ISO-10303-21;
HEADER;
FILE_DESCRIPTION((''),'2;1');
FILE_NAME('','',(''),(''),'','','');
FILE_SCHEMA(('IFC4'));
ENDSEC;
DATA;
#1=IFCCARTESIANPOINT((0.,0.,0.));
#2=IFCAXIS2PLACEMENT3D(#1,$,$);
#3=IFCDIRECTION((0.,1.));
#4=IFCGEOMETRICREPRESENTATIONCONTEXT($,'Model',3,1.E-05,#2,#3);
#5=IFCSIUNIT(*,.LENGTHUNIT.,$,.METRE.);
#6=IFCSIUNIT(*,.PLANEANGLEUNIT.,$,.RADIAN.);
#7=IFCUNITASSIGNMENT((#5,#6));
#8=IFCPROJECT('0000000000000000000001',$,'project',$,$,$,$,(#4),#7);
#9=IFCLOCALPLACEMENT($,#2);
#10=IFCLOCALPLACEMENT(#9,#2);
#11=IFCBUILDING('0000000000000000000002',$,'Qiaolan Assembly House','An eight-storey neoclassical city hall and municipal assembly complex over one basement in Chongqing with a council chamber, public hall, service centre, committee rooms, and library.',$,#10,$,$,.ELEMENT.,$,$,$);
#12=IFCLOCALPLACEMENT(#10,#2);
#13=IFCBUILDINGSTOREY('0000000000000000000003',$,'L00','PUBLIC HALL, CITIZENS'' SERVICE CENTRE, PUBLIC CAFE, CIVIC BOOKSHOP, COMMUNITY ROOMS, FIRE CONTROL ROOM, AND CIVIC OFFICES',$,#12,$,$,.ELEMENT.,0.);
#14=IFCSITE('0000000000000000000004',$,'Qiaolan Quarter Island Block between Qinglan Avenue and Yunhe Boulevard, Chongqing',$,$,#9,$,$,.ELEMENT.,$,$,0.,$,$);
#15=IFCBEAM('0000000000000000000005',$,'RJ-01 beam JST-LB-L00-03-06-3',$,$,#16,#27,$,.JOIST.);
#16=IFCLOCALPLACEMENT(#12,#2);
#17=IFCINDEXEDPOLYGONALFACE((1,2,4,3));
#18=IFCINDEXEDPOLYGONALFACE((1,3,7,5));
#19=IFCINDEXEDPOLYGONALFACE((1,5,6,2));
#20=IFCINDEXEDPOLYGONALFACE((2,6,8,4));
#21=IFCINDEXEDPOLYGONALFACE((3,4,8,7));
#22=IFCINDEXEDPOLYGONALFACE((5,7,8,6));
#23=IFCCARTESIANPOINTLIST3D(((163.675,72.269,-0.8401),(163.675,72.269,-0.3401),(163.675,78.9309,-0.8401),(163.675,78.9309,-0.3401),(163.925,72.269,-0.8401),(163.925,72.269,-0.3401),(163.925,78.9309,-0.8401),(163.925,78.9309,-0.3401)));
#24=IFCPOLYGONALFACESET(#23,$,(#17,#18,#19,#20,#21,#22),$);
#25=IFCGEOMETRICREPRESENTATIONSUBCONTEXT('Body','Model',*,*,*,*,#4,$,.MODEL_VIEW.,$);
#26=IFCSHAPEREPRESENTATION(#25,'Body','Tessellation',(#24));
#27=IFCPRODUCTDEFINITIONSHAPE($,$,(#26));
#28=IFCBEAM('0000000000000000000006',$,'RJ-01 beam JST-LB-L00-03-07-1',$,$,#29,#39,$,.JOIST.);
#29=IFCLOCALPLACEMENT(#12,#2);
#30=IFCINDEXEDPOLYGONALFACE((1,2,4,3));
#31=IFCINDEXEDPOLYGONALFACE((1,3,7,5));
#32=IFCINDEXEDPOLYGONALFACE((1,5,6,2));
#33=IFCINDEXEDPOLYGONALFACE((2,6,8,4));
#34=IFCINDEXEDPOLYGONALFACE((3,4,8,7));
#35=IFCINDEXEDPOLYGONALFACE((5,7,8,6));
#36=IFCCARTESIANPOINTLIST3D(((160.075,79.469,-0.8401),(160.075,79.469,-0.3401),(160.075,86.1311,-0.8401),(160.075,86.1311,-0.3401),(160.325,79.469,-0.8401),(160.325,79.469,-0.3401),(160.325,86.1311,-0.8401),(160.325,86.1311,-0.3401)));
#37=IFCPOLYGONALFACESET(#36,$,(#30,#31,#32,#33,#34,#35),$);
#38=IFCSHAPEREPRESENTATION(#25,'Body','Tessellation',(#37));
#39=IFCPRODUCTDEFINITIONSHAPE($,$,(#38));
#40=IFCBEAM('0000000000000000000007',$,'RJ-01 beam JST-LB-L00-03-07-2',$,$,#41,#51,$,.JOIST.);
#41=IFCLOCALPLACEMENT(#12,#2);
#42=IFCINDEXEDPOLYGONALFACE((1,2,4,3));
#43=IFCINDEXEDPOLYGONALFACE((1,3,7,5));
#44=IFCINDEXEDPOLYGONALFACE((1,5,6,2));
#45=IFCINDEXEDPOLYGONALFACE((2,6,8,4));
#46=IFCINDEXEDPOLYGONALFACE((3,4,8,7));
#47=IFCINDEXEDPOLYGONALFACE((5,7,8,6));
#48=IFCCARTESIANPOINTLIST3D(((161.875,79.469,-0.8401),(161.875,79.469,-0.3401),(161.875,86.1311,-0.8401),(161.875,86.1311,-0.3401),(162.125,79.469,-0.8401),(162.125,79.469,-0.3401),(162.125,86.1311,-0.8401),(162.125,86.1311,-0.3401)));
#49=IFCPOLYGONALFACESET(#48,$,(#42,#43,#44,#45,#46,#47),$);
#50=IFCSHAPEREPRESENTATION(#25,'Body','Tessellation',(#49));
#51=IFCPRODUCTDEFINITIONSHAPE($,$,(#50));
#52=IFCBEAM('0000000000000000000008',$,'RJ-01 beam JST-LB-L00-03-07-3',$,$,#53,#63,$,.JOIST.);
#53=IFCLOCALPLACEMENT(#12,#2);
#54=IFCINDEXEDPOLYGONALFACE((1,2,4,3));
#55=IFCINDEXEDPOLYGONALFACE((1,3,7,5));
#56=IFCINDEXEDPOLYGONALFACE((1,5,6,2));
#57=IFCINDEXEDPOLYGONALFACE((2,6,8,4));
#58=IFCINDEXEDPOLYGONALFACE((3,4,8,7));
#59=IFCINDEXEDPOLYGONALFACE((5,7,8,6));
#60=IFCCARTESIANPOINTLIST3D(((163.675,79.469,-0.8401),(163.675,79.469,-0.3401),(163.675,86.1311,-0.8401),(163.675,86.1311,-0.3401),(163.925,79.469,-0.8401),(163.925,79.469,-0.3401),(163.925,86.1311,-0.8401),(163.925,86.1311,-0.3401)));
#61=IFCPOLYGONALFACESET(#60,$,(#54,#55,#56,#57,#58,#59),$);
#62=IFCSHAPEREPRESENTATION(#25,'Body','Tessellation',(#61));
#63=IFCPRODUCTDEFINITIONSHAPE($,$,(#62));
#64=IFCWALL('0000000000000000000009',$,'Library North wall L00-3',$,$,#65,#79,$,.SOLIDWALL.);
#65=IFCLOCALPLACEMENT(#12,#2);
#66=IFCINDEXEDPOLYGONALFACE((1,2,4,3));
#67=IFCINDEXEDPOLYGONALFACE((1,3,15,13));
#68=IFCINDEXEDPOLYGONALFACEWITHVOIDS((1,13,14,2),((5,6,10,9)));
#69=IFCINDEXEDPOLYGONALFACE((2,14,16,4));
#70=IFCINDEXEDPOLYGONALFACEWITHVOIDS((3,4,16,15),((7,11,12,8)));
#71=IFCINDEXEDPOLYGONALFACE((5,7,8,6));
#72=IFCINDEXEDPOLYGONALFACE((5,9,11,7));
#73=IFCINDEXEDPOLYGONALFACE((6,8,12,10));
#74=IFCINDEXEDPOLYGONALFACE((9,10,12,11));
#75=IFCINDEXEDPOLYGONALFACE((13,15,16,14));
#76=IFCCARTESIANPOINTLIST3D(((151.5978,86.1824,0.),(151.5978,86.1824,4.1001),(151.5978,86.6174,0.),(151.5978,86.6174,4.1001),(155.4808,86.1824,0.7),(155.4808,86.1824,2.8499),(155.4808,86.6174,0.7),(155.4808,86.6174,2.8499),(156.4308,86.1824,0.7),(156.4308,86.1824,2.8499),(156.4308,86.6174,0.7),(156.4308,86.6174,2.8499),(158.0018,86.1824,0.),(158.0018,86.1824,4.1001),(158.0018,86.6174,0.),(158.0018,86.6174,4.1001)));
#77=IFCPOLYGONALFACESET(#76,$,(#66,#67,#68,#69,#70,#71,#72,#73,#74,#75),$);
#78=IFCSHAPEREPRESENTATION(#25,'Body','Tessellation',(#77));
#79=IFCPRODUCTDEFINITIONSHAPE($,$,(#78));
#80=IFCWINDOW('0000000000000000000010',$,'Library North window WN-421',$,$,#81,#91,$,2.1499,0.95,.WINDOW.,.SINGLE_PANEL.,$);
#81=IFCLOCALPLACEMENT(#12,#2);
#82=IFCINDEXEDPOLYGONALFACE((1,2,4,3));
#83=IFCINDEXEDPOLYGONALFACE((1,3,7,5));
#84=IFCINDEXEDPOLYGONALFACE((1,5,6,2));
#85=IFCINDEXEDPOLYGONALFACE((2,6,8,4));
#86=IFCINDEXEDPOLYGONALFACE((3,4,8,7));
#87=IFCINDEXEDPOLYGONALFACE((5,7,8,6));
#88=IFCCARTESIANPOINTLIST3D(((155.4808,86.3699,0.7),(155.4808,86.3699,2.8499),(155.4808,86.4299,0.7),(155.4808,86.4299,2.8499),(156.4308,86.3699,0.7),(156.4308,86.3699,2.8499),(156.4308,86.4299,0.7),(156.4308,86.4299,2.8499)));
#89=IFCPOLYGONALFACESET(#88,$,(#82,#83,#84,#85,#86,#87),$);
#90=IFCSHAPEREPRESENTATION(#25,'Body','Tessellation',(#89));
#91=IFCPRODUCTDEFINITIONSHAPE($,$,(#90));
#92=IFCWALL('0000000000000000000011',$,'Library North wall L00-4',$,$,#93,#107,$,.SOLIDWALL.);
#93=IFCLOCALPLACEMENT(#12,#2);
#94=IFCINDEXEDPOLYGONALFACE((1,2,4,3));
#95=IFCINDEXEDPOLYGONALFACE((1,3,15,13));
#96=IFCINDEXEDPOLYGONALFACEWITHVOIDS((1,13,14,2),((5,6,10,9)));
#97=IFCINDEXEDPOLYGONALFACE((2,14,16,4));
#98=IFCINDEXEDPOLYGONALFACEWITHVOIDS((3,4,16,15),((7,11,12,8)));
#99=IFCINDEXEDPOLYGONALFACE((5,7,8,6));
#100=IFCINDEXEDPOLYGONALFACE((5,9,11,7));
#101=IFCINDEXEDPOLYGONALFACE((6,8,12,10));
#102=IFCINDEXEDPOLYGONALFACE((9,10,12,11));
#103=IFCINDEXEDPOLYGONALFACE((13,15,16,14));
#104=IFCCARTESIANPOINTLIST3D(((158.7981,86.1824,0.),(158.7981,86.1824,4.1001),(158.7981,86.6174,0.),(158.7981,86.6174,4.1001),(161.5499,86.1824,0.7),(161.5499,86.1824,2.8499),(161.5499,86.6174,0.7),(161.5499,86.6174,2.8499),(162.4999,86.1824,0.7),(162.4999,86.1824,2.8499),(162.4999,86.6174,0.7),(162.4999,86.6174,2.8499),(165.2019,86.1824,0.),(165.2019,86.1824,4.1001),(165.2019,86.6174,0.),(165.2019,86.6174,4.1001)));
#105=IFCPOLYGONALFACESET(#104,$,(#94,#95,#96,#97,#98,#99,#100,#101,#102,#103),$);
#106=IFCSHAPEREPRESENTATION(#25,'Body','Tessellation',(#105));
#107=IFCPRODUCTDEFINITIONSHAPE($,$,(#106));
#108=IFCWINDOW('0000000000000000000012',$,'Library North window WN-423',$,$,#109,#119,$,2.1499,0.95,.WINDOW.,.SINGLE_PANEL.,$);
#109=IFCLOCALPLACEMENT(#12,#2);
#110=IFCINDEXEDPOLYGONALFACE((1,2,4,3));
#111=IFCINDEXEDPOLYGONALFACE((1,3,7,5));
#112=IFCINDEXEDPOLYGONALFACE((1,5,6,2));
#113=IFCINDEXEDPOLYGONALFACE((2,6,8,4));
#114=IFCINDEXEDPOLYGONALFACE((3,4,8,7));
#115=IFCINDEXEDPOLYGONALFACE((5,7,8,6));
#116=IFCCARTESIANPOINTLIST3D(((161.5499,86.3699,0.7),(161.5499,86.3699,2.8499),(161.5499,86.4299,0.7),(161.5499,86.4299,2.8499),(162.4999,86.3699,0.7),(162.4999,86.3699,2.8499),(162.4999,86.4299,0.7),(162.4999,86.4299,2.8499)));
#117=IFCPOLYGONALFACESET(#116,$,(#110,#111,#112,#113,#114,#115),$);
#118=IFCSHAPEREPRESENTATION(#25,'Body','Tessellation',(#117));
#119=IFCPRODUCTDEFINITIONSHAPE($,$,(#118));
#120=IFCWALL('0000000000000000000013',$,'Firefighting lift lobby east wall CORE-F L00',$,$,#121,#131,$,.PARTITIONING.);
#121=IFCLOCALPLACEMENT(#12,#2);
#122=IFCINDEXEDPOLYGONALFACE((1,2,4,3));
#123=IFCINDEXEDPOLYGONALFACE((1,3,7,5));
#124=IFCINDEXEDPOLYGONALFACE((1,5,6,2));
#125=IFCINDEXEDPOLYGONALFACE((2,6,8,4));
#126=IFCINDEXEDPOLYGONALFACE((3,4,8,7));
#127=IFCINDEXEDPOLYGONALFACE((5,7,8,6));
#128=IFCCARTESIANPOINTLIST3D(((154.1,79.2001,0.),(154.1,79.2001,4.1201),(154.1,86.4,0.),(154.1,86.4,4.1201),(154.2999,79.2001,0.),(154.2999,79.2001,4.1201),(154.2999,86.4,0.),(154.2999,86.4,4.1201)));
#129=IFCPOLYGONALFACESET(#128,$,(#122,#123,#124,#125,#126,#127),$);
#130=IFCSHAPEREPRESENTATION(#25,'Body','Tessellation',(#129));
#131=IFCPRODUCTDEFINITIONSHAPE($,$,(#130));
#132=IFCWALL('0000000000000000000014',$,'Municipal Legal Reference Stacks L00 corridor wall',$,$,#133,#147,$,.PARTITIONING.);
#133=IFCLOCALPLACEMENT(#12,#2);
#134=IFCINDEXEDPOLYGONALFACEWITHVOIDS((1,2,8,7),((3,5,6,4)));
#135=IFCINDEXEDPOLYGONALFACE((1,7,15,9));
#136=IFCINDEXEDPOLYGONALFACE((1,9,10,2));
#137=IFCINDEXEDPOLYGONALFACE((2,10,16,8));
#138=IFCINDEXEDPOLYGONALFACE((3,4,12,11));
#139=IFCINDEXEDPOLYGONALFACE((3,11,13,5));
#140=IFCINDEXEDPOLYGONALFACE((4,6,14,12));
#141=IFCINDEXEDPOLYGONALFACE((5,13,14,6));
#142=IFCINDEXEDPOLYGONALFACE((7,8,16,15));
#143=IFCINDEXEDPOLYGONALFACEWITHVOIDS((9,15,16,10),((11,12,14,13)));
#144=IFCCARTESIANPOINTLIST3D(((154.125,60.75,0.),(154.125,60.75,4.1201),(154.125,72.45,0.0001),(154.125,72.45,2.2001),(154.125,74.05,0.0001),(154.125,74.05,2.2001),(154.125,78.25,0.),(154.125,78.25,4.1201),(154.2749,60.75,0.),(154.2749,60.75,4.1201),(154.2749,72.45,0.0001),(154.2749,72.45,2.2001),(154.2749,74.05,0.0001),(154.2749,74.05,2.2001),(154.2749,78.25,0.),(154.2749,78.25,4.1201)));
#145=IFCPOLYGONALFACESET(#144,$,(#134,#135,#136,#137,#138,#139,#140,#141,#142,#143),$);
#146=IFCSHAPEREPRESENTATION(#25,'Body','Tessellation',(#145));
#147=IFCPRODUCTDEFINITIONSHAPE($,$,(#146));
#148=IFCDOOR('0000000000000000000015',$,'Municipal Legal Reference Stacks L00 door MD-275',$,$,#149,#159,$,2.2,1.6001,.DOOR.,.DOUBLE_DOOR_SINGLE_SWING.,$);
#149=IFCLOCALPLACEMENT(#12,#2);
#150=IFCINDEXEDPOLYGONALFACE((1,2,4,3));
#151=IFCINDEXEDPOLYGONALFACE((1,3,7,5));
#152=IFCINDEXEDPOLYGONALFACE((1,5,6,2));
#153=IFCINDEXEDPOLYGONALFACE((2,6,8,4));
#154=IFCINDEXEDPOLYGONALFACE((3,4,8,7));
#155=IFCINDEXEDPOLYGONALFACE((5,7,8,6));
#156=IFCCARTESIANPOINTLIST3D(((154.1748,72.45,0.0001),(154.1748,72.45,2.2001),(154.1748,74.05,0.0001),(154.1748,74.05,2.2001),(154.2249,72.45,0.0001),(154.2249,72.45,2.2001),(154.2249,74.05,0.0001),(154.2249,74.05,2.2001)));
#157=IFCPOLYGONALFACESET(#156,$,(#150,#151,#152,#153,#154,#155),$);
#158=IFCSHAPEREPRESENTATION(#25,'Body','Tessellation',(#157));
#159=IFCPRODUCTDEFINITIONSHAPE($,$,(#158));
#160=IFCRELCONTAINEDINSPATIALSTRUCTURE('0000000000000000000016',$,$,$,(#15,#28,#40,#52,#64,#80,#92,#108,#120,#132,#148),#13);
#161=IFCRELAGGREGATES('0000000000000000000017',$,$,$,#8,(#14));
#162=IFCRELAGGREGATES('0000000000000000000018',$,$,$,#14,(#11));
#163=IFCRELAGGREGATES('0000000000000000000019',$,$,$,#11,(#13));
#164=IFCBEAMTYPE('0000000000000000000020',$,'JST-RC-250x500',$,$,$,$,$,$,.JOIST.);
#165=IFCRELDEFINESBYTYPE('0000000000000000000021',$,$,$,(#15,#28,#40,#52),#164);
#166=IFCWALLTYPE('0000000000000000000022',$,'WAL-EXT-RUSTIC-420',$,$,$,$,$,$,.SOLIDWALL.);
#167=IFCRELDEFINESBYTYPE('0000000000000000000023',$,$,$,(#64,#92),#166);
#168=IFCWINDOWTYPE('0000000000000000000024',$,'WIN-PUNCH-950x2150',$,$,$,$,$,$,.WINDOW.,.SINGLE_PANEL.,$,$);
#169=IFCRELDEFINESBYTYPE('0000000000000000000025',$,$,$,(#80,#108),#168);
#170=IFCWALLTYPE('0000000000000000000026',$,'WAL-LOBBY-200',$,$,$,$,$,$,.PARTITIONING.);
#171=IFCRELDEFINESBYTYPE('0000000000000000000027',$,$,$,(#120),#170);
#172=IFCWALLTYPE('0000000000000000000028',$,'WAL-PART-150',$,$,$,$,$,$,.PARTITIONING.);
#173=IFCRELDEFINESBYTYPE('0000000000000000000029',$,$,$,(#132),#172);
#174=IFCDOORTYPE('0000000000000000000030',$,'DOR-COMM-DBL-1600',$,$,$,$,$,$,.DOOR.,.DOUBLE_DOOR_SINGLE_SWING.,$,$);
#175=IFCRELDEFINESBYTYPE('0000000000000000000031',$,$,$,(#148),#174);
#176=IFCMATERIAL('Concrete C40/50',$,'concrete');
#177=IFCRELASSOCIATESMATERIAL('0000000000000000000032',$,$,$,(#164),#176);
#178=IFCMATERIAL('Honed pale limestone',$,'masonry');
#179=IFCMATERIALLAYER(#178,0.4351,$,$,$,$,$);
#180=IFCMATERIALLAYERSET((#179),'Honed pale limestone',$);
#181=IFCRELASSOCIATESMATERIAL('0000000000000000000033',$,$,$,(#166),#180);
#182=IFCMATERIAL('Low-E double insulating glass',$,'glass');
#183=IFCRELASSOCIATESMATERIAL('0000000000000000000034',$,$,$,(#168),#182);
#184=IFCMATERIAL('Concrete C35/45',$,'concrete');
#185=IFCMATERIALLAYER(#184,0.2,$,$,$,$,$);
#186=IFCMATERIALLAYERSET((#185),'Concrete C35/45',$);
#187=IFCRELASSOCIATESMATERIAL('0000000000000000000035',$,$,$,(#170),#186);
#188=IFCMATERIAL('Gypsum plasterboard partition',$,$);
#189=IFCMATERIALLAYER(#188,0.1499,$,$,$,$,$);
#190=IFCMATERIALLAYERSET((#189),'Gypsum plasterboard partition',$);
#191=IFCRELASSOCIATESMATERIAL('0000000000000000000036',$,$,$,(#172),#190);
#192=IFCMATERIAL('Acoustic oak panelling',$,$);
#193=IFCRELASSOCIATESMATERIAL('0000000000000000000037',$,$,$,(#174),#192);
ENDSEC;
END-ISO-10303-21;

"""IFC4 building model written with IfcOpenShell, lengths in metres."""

from ifc_helpers import new_model, si_unit, direction, frame, frame_2d, origin, origin_2d, place, context, subcontext, project, spatial, rectangle, extrude, material, layer, layer_set, material_profile, profile_set, type_object, element, fill, save


model = new_model("IFC4")

# Units and contexts
model_context = context("Model", 3, precision=1e-05, world=origin(), true_north=direction((0.0, 1.0)))
body_context = subcontext(model_context, "Body", "Model", "MODEL_VIEW")
ifc_project = project(units=[si_unit("LENGTHUNIT", "METRE"), si_unit("PLANEANGLEUNIT", "RADIAN")], contexts=[model_context])

# Site, building, storey
site_placement = place(None, origin())
site = spatial("IfcSite", under=ifc_project, at=site_placement, Name="Qiaolan Quarter Island Block between Qinglan Avenue and Yunhe Boulevard, Chongqing", CompositionType="ELEMENT", RefElevation=0.0)
building_placement = place(site_placement, origin())
building = spatial("IfcBuilding", under=site, at=building_placement, Name="Qiaolan Assembly House", Description="An eight-storey neoclassical city hall and municipal assembly complex over one basement in Chongqing with a council chamber, public hall, service centre, committee rooms, and library.", CompositionType="ELEMENT")
storey_placement = place(building_placement, origin())
storey = spatial("IfcBuildingStorey", under=building, at=storey_placement, Name="L00", Description="PUBLIC HALL, CITIZENS' SERVICE CENTRE, PUBLIC CAFE, CIVIC BOOKSHOP, COMMUNITY ROOMS, FIRE CONTROL ROOM, AND CIVIC OFFICES", CompositionType="ELEMENT", Elevation=0.0)

# Beams
ifc_material_1 = material(Name="Concrete C40/50", Category="concrete")
ifc_material_profile_1 = material_profile(ifc_material_1, rectangle(XDim=0.25, YDim=0.5, at=origin_2d()), Name="RCB 250x500")
ifc_profile_set_1 = profile_set([ifc_material_profile_1], Name="Concrete C40/50")
beam_type_1 = type_object("IfcBeamType", Name="JST-RC-250x500", PredefinedType="JOIST", material=ifc_profile_set_1)
for number, where, z_axis, x_axis, name in (
    (1, (163.8, 72.269, -0.5901), (0.0, 1.0, 0.0), (-1.0, 0.0, 0.0), "RJ-01 beam JST-LB-L00-03-06-3"),
):
    element("IfcBeam", number, at=place(storey_placement, frame(where, z_axis=z_axis, x_axis=x_axis)), inside=storey, type_object=beam_type_1, Name=name, PredefinedType="JOIST", context=body_context, shape_type="SweptSolid", body=[
        extrude(rectangle(XDim=0.25, YDim=0.5, at=origin_2d()), origin(), (0.0, 0.0, 1.0), 6.6619),
    ])
for number, where, z_axis, x_axis, name in (
    (2, (160.2, 79.469, -0.5901), (0.0, 1.0, 0.0), (-1.0, 0.0, 0.0), "RJ-01 beam JST-LB-L00-03-07-1"),
    (3, (162.0, 79.469, -0.5901), (0.0, 1.0, 0.0), (-1.0, 0.0, 0.0), "RJ-01 beam JST-LB-L00-03-07-2"),
    (4, (163.8, 79.469, -0.5901), (0.0, 1.0, 0.0), (-1.0, 0.0, 0.0), "RJ-01 beam JST-LB-L00-03-07-3"),
):
    element("IfcBeam", number, at=place(storey_placement, frame(where, z_axis=z_axis, x_axis=x_axis)), inside=storey, type_object=beam_type_1, Name=name, PredefinedType="JOIST", context=body_context, shape_type="SweptSolid", body=[
        extrude(rectangle(XDim=0.25, YDim=0.5, at=origin_2d()), origin(), (0.0, 0.0, 1.0), 6.6621),
    ])

# Walls, openings, windows
ifc_material_2 = material(Name="Honed pale limestone", Category="masonry")
ifc_layer_1 = layer(ifc_material_2, 0.4351)
ifc_layer_set_1 = layer_set([ifc_layer_1], Name="Honed pale limestone")
wall_type_1 = type_object("IfcWallType", Name="WAL-EXT-RUSTIC-420", PredefinedType="SOLIDWALL", material=ifc_layer_set_1)
wall_1_placement = place(storey_placement, frame((158.002, 86.3999, 0.0), z_axis=(0.0, 0.0, 1.0), x_axis=(-1.0, 0.0, 0.0)))
wall_1 = element("IfcWall", 5, at=wall_1_placement, inside=storey, type_object=wall_type_1, Name="Library North wall L00-3", PredefinedType="SOLIDWALL", context=body_context, shape_type="SweptSolid", body=[
    extrude(rectangle(XDim=6.4041, YDim=0.4351, at=frame_2d((3.2021, 0.0))), origin(), (0.0, 0.0, 1.0), 4.1001),
])
opening_1_placement = place(wall_1_placement, frame((1.571, 0.0, 0.7)))
opening_1 = element("IfcOpeningElement", 6, at=opening_1_placement, cuts=wall_1, PredefinedType="OPENING", context=body_context, shape_type="SweptSolid", body=[
    extrude(rectangle(XDim=0.95, YDim=2.1499, at=frame_2d((0.4751, 1.075))), frame((0.0, 0.2275, 0.0), z_axis=(0.0, -1.0, 0.0), x_axis=(1.0, 0.0, 0.0)), (0.0, 0.0, 1.0), 0.4551),
])
ifc_material_3 = material(Name="Low-E double insulating glass", Category="glass")
window_type = type_object("IfcWindowType", Name="WIN-PUNCH-950x2150", PartitioningType="SINGLE_PANEL", PredefinedType="WINDOW", material=ifc_material_3)
window_1_placement = place(opening_1_placement, origin())
window_1 = element("IfcWindow", 7, at=window_1_placement, inside=storey, type_object=window_type, Name="Library North window WN-421", OverallHeight=2.1499, OverallWidth=0.95, PartitioningType="SINGLE_PANEL", PredefinedType="WINDOW", context=body_context, shape_type="SweptSolid", body=[
    extrude(rectangle(XDim=0.95, YDim=2.1499, at=frame_2d((0.4751, 1.075))), frame((0.0, 0.03, 0.0), z_axis=(0.0, -1.0, 0.0), x_axis=(1.0, 0.0, 0.0)), (0.0, 0.0, 1.0), 0.0601),
])
fill(opening_1, window_1)
wall_2_placement = place(storey_placement, frame((165.2019, 86.3999, 0.0), z_axis=(0.0, 0.0, 1.0), x_axis=(-1.0, 0.0, 0.0)))
wall_2 = element("IfcWall", 8, at=wall_2_placement, inside=storey, type_object=wall_type_1, Name="Library North wall L00-4", PredefinedType="SOLIDWALL", context=body_context, shape_type="SweptSolid", body=[
    extrude(rectangle(XDim=6.4038, YDim=0.4351, at=frame_2d((3.2019, 0.0))), origin(), (0.0, 0.0, 1.0), 4.1001),
])
opening_2_placement = place(wall_2_placement, frame((2.7019, 0.0, 0.7)))
opening_2 = element("IfcOpeningElement", 9, at=opening_2_placement, cuts=wall_2, PredefinedType="OPENING", context=body_context, shape_type="SweptSolid", body=[
    extrude(rectangle(XDim=0.95, YDim=2.1499, at=frame_2d((0.4751, 1.075))), frame((0.0, 0.2275, 0.0), z_axis=(0.0, -1.0, 0.0), x_axis=(1.0, 0.0, 0.0)), (0.0, 0.0, 1.0), 0.4551),
])
window_2_placement = place(opening_2_placement, origin())
window_2 = element("IfcWindow", 10, at=window_2_placement, inside=storey, type_object=window_type, Name="Library North window WN-423", OverallHeight=2.1499, OverallWidth=0.95, PartitioningType="SINGLE_PANEL", PredefinedType="WINDOW", context=body_context, shape_type="SweptSolid", body=[
    extrude(rectangle(XDim=0.95, YDim=2.1499, at=frame_2d((0.4751, 1.075))), frame((0.0, 0.03, 0.0), z_axis=(0.0, -1.0, 0.0), x_axis=(1.0, 0.0, 0.0)), (0.0, 0.0, 1.0), 0.0601),
])
fill(opening_2, window_2)

# Wall
ifc_material_4 = material(Name="Concrete C35/45", Category="concrete")
ifc_layer_2 = layer(ifc_material_4, 0.2)
ifc_layer_set_2 = layer_set([ifc_layer_2], Name="Concrete C35/45")
wall_type_2 = type_object("IfcWallType", Name="WAL-LOBBY-200", PredefinedType="PARTITIONING", material=ifc_layer_set_2)
wall_3_placement = place(storey_placement, frame((154.2, 79.2, 0.0), z_axis=(0.0, 0.0, 1.0), x_axis=(0.0, 1.0, 0.0)))
element("IfcWall", 11, at=wall_3_placement, inside=storey, type_object=wall_type_2, Name="Firefighting lift lobby east wall CORE-F L00", PredefinedType="PARTITIONING", context=body_context, shape_type="SweptSolid", body=[
    extrude(rectangle(XDim=7.2, YDim=0.2, at=frame_2d((3.6001, 0.0))), origin(), (0.0, 0.0, 1.0), 4.1201),
])

# Wall, opening, door
ifc_material_5 = material(Name="Gypsum plasterboard partition")
ifc_layer_3 = layer(ifc_material_5, 0.1499)
ifc_layer_set_3 = layer_set([ifc_layer_3], Name="Gypsum plasterboard partition")
wall_type_3 = type_object("IfcWallType", Name="WAL-PART-150", PredefinedType="PARTITIONING", material=ifc_layer_set_3)
wall_4_placement = place(storey_placement, frame((154.2, 78.25, 0.0), z_axis=(0.0, 0.0, 1.0), x_axis=(0.0, -1.0, 0.0)))
wall_4 = element("IfcWall", 12, at=wall_4_placement, inside=storey, type_object=wall_type_3, Name="Municipal Legal Reference Stacks L00 corridor wall", PredefinedType="PARTITIONING", context=body_context, shape_type="SweptSolid", body=[
    extrude(rectangle(XDim=17.5, YDim=0.1499, at=frame_2d((8.75, 0.0))), origin(), (0.0, 0.0, 1.0), 4.1201),
])
opening_3_placement = place(wall_4_placement, frame((4.2, 0.0, 0.0)))
opening_3 = element("IfcOpeningElement", 13, at=opening_3_placement, cuts=wall_4, PredefinedType="OPENING", context=body_context, shape_type="SweptSolid", body=[
    extrude(rectangle(XDim=1.6001, YDim=2.2, at=frame_2d((0.8, 1.1001))), frame((0.0, 0.085, 0.0), z_axis=(0.0, -1.0, 0.0), x_axis=(1.0, 0.0, 0.0)), (0.0, 0.0, 1.0), 0.1699),
])
ifc_material_6 = material(Name="Acoustic oak panelling")
door_type_1 = type_object("IfcDoorType", Name="DOR-COMM-DBL-1600", OperationType="DOUBLE_DOOR_SINGLE_SWING", PredefinedType="DOOR", material=ifc_material_6)
door_1_placement = place(opening_3_placement, origin())
door_1 = element("IfcDoor", 14, at=door_1_placement, inside=storey, type_object=door_type_1, Name="Municipal Legal Reference Stacks L00 door MD-275", OperationType="DOUBLE_DOOR_SINGLE_SWING", OverallHeight=2.2, OverallWidth=1.6001, PredefinedType="DOOR", context=body_context, shape_type="SweptSolid", body=[
    extrude(rectangle(XDim=1.6001, YDim=2.2, at=frame_2d((0.8, 1.1001))), frame((0.0, 0.0249, 0.0), z_axis=(0.0, -1.0, 0.0), x_axis=(1.0, 0.0, 0.0)), (0.0, 0.0, 1.0), 0.05),
])
fill(opening_3, door_1)

save(model, "model.ifc")
